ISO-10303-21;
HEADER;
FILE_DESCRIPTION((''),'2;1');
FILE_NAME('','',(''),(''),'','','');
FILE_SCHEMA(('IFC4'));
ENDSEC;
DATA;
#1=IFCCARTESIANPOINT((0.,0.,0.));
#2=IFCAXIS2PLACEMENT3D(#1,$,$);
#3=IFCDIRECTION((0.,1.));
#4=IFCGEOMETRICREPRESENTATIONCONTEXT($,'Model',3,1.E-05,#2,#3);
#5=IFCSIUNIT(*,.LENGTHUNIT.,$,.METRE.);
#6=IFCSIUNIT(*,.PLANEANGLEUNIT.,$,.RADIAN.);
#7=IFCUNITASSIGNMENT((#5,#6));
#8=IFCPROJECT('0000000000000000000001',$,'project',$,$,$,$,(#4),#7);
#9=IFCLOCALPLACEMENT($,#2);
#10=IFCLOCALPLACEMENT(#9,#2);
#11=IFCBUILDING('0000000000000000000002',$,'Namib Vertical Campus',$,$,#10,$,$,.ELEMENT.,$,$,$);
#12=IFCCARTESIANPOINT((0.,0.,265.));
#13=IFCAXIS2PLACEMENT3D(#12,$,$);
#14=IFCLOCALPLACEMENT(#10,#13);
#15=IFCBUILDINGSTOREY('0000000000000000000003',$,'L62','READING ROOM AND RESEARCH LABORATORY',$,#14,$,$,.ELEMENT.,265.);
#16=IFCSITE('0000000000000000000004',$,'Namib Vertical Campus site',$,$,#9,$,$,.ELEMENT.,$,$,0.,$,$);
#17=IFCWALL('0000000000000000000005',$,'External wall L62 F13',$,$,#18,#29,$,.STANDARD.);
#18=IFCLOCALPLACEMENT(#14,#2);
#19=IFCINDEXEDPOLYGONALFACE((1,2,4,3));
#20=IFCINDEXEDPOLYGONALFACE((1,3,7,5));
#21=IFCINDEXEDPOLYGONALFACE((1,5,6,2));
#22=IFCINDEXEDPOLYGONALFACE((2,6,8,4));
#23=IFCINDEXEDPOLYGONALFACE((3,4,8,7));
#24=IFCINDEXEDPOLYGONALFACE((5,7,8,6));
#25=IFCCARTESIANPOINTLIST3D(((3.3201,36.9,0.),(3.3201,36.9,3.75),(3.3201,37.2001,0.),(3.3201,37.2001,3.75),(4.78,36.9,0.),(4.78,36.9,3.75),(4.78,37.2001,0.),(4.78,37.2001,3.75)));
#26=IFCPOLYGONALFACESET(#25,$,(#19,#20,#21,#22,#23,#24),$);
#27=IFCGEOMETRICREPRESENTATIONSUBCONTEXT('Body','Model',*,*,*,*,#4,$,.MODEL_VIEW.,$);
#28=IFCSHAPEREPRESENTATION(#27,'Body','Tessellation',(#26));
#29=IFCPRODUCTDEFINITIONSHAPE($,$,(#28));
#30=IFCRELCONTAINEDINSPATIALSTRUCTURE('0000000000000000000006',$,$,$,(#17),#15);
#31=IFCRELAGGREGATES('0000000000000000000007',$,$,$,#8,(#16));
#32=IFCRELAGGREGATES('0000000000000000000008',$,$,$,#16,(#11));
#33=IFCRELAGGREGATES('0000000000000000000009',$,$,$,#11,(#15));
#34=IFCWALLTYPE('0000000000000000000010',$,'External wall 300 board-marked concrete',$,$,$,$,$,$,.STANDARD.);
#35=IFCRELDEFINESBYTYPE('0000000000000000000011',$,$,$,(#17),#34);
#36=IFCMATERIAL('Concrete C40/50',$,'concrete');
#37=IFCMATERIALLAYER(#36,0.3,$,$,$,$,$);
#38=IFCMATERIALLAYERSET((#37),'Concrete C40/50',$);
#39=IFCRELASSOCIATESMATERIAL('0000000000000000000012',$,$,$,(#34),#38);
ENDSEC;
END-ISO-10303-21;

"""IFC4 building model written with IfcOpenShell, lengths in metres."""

from ifc_helpers import new_model, si_unit, direction, frame, frame_2d, origin, place, context, subcontext, project, spatial, rectangle, extrude, material, layer, layer_set, type_object, element, save


model = new_model("IFC4")

# Units and contexts
model_context = context("Model", 3, precision=1e-05, world=origin(), true_north=direction((0.0, 1.0)))
body_context = subcontext(model_context, "Body", "Model", "MODEL_VIEW")
ifc_project = project(units=[si_unit("LENGTHUNIT", "METRE"), si_unit("PLANEANGLEUNIT", "RADIAN")], contexts=[model_context])

# Site, building, storey
site_placement = place(None, origin())
site = spatial("IfcSite", under=ifc_project, at=site_placement, Name="Namib Vertical Campus site", CompositionType="ELEMENT", RefElevation=0.0)
building_placement = place(site_placement, origin())
building = spatial("IfcBuilding", under=site, at=building_placement, Name="Namib Vertical Campus", CompositionType="ELEMENT")
storey_placement = place(building_placement, frame((0.0, 0.0, 265.0)))
storey = spatial("IfcBuildingStorey", under=building, at=storey_placement, Name="L62", Description="READING ROOM AND RESEARCH LABORATORY", CompositionType="ELEMENT", Elevation=265.0)

# Wall
ifc_material_1 = material(Name="Concrete C40/50", Category="concrete")
ifc_layer_1 = layer(ifc_material_1, 0.3)
ifc_layer_set_1 = layer_set([ifc_layer_1], Name="Concrete C40/50")
wall_type_1 = type_object("IfcWallType", Name="External wall 300 board-marked concrete", PredefinedType="STANDARD", material=ifc_layer_set_1)
wall_1_placement = place(storey_placement, frame((4.78, 37.05, 0.0), z_axis=(0.0, 0.0, 1.0), x_axis=(-1.0, 0.0, 0.0)))
element("IfcWall", 1, at=wall_1_placement, inside=storey, type_object=wall_type_1, Name="External wall L62 F13", PredefinedType="STANDARD", context=body_context, shape_type="SweptSolid", body=[
    extrude(rectangle(XDim=1.46, YDim=0.3, at=frame_2d((0.73, 0.0))), origin(), (0.0, 0.0, 1.0), 3.75),
])

save(model, "model.ifc")
